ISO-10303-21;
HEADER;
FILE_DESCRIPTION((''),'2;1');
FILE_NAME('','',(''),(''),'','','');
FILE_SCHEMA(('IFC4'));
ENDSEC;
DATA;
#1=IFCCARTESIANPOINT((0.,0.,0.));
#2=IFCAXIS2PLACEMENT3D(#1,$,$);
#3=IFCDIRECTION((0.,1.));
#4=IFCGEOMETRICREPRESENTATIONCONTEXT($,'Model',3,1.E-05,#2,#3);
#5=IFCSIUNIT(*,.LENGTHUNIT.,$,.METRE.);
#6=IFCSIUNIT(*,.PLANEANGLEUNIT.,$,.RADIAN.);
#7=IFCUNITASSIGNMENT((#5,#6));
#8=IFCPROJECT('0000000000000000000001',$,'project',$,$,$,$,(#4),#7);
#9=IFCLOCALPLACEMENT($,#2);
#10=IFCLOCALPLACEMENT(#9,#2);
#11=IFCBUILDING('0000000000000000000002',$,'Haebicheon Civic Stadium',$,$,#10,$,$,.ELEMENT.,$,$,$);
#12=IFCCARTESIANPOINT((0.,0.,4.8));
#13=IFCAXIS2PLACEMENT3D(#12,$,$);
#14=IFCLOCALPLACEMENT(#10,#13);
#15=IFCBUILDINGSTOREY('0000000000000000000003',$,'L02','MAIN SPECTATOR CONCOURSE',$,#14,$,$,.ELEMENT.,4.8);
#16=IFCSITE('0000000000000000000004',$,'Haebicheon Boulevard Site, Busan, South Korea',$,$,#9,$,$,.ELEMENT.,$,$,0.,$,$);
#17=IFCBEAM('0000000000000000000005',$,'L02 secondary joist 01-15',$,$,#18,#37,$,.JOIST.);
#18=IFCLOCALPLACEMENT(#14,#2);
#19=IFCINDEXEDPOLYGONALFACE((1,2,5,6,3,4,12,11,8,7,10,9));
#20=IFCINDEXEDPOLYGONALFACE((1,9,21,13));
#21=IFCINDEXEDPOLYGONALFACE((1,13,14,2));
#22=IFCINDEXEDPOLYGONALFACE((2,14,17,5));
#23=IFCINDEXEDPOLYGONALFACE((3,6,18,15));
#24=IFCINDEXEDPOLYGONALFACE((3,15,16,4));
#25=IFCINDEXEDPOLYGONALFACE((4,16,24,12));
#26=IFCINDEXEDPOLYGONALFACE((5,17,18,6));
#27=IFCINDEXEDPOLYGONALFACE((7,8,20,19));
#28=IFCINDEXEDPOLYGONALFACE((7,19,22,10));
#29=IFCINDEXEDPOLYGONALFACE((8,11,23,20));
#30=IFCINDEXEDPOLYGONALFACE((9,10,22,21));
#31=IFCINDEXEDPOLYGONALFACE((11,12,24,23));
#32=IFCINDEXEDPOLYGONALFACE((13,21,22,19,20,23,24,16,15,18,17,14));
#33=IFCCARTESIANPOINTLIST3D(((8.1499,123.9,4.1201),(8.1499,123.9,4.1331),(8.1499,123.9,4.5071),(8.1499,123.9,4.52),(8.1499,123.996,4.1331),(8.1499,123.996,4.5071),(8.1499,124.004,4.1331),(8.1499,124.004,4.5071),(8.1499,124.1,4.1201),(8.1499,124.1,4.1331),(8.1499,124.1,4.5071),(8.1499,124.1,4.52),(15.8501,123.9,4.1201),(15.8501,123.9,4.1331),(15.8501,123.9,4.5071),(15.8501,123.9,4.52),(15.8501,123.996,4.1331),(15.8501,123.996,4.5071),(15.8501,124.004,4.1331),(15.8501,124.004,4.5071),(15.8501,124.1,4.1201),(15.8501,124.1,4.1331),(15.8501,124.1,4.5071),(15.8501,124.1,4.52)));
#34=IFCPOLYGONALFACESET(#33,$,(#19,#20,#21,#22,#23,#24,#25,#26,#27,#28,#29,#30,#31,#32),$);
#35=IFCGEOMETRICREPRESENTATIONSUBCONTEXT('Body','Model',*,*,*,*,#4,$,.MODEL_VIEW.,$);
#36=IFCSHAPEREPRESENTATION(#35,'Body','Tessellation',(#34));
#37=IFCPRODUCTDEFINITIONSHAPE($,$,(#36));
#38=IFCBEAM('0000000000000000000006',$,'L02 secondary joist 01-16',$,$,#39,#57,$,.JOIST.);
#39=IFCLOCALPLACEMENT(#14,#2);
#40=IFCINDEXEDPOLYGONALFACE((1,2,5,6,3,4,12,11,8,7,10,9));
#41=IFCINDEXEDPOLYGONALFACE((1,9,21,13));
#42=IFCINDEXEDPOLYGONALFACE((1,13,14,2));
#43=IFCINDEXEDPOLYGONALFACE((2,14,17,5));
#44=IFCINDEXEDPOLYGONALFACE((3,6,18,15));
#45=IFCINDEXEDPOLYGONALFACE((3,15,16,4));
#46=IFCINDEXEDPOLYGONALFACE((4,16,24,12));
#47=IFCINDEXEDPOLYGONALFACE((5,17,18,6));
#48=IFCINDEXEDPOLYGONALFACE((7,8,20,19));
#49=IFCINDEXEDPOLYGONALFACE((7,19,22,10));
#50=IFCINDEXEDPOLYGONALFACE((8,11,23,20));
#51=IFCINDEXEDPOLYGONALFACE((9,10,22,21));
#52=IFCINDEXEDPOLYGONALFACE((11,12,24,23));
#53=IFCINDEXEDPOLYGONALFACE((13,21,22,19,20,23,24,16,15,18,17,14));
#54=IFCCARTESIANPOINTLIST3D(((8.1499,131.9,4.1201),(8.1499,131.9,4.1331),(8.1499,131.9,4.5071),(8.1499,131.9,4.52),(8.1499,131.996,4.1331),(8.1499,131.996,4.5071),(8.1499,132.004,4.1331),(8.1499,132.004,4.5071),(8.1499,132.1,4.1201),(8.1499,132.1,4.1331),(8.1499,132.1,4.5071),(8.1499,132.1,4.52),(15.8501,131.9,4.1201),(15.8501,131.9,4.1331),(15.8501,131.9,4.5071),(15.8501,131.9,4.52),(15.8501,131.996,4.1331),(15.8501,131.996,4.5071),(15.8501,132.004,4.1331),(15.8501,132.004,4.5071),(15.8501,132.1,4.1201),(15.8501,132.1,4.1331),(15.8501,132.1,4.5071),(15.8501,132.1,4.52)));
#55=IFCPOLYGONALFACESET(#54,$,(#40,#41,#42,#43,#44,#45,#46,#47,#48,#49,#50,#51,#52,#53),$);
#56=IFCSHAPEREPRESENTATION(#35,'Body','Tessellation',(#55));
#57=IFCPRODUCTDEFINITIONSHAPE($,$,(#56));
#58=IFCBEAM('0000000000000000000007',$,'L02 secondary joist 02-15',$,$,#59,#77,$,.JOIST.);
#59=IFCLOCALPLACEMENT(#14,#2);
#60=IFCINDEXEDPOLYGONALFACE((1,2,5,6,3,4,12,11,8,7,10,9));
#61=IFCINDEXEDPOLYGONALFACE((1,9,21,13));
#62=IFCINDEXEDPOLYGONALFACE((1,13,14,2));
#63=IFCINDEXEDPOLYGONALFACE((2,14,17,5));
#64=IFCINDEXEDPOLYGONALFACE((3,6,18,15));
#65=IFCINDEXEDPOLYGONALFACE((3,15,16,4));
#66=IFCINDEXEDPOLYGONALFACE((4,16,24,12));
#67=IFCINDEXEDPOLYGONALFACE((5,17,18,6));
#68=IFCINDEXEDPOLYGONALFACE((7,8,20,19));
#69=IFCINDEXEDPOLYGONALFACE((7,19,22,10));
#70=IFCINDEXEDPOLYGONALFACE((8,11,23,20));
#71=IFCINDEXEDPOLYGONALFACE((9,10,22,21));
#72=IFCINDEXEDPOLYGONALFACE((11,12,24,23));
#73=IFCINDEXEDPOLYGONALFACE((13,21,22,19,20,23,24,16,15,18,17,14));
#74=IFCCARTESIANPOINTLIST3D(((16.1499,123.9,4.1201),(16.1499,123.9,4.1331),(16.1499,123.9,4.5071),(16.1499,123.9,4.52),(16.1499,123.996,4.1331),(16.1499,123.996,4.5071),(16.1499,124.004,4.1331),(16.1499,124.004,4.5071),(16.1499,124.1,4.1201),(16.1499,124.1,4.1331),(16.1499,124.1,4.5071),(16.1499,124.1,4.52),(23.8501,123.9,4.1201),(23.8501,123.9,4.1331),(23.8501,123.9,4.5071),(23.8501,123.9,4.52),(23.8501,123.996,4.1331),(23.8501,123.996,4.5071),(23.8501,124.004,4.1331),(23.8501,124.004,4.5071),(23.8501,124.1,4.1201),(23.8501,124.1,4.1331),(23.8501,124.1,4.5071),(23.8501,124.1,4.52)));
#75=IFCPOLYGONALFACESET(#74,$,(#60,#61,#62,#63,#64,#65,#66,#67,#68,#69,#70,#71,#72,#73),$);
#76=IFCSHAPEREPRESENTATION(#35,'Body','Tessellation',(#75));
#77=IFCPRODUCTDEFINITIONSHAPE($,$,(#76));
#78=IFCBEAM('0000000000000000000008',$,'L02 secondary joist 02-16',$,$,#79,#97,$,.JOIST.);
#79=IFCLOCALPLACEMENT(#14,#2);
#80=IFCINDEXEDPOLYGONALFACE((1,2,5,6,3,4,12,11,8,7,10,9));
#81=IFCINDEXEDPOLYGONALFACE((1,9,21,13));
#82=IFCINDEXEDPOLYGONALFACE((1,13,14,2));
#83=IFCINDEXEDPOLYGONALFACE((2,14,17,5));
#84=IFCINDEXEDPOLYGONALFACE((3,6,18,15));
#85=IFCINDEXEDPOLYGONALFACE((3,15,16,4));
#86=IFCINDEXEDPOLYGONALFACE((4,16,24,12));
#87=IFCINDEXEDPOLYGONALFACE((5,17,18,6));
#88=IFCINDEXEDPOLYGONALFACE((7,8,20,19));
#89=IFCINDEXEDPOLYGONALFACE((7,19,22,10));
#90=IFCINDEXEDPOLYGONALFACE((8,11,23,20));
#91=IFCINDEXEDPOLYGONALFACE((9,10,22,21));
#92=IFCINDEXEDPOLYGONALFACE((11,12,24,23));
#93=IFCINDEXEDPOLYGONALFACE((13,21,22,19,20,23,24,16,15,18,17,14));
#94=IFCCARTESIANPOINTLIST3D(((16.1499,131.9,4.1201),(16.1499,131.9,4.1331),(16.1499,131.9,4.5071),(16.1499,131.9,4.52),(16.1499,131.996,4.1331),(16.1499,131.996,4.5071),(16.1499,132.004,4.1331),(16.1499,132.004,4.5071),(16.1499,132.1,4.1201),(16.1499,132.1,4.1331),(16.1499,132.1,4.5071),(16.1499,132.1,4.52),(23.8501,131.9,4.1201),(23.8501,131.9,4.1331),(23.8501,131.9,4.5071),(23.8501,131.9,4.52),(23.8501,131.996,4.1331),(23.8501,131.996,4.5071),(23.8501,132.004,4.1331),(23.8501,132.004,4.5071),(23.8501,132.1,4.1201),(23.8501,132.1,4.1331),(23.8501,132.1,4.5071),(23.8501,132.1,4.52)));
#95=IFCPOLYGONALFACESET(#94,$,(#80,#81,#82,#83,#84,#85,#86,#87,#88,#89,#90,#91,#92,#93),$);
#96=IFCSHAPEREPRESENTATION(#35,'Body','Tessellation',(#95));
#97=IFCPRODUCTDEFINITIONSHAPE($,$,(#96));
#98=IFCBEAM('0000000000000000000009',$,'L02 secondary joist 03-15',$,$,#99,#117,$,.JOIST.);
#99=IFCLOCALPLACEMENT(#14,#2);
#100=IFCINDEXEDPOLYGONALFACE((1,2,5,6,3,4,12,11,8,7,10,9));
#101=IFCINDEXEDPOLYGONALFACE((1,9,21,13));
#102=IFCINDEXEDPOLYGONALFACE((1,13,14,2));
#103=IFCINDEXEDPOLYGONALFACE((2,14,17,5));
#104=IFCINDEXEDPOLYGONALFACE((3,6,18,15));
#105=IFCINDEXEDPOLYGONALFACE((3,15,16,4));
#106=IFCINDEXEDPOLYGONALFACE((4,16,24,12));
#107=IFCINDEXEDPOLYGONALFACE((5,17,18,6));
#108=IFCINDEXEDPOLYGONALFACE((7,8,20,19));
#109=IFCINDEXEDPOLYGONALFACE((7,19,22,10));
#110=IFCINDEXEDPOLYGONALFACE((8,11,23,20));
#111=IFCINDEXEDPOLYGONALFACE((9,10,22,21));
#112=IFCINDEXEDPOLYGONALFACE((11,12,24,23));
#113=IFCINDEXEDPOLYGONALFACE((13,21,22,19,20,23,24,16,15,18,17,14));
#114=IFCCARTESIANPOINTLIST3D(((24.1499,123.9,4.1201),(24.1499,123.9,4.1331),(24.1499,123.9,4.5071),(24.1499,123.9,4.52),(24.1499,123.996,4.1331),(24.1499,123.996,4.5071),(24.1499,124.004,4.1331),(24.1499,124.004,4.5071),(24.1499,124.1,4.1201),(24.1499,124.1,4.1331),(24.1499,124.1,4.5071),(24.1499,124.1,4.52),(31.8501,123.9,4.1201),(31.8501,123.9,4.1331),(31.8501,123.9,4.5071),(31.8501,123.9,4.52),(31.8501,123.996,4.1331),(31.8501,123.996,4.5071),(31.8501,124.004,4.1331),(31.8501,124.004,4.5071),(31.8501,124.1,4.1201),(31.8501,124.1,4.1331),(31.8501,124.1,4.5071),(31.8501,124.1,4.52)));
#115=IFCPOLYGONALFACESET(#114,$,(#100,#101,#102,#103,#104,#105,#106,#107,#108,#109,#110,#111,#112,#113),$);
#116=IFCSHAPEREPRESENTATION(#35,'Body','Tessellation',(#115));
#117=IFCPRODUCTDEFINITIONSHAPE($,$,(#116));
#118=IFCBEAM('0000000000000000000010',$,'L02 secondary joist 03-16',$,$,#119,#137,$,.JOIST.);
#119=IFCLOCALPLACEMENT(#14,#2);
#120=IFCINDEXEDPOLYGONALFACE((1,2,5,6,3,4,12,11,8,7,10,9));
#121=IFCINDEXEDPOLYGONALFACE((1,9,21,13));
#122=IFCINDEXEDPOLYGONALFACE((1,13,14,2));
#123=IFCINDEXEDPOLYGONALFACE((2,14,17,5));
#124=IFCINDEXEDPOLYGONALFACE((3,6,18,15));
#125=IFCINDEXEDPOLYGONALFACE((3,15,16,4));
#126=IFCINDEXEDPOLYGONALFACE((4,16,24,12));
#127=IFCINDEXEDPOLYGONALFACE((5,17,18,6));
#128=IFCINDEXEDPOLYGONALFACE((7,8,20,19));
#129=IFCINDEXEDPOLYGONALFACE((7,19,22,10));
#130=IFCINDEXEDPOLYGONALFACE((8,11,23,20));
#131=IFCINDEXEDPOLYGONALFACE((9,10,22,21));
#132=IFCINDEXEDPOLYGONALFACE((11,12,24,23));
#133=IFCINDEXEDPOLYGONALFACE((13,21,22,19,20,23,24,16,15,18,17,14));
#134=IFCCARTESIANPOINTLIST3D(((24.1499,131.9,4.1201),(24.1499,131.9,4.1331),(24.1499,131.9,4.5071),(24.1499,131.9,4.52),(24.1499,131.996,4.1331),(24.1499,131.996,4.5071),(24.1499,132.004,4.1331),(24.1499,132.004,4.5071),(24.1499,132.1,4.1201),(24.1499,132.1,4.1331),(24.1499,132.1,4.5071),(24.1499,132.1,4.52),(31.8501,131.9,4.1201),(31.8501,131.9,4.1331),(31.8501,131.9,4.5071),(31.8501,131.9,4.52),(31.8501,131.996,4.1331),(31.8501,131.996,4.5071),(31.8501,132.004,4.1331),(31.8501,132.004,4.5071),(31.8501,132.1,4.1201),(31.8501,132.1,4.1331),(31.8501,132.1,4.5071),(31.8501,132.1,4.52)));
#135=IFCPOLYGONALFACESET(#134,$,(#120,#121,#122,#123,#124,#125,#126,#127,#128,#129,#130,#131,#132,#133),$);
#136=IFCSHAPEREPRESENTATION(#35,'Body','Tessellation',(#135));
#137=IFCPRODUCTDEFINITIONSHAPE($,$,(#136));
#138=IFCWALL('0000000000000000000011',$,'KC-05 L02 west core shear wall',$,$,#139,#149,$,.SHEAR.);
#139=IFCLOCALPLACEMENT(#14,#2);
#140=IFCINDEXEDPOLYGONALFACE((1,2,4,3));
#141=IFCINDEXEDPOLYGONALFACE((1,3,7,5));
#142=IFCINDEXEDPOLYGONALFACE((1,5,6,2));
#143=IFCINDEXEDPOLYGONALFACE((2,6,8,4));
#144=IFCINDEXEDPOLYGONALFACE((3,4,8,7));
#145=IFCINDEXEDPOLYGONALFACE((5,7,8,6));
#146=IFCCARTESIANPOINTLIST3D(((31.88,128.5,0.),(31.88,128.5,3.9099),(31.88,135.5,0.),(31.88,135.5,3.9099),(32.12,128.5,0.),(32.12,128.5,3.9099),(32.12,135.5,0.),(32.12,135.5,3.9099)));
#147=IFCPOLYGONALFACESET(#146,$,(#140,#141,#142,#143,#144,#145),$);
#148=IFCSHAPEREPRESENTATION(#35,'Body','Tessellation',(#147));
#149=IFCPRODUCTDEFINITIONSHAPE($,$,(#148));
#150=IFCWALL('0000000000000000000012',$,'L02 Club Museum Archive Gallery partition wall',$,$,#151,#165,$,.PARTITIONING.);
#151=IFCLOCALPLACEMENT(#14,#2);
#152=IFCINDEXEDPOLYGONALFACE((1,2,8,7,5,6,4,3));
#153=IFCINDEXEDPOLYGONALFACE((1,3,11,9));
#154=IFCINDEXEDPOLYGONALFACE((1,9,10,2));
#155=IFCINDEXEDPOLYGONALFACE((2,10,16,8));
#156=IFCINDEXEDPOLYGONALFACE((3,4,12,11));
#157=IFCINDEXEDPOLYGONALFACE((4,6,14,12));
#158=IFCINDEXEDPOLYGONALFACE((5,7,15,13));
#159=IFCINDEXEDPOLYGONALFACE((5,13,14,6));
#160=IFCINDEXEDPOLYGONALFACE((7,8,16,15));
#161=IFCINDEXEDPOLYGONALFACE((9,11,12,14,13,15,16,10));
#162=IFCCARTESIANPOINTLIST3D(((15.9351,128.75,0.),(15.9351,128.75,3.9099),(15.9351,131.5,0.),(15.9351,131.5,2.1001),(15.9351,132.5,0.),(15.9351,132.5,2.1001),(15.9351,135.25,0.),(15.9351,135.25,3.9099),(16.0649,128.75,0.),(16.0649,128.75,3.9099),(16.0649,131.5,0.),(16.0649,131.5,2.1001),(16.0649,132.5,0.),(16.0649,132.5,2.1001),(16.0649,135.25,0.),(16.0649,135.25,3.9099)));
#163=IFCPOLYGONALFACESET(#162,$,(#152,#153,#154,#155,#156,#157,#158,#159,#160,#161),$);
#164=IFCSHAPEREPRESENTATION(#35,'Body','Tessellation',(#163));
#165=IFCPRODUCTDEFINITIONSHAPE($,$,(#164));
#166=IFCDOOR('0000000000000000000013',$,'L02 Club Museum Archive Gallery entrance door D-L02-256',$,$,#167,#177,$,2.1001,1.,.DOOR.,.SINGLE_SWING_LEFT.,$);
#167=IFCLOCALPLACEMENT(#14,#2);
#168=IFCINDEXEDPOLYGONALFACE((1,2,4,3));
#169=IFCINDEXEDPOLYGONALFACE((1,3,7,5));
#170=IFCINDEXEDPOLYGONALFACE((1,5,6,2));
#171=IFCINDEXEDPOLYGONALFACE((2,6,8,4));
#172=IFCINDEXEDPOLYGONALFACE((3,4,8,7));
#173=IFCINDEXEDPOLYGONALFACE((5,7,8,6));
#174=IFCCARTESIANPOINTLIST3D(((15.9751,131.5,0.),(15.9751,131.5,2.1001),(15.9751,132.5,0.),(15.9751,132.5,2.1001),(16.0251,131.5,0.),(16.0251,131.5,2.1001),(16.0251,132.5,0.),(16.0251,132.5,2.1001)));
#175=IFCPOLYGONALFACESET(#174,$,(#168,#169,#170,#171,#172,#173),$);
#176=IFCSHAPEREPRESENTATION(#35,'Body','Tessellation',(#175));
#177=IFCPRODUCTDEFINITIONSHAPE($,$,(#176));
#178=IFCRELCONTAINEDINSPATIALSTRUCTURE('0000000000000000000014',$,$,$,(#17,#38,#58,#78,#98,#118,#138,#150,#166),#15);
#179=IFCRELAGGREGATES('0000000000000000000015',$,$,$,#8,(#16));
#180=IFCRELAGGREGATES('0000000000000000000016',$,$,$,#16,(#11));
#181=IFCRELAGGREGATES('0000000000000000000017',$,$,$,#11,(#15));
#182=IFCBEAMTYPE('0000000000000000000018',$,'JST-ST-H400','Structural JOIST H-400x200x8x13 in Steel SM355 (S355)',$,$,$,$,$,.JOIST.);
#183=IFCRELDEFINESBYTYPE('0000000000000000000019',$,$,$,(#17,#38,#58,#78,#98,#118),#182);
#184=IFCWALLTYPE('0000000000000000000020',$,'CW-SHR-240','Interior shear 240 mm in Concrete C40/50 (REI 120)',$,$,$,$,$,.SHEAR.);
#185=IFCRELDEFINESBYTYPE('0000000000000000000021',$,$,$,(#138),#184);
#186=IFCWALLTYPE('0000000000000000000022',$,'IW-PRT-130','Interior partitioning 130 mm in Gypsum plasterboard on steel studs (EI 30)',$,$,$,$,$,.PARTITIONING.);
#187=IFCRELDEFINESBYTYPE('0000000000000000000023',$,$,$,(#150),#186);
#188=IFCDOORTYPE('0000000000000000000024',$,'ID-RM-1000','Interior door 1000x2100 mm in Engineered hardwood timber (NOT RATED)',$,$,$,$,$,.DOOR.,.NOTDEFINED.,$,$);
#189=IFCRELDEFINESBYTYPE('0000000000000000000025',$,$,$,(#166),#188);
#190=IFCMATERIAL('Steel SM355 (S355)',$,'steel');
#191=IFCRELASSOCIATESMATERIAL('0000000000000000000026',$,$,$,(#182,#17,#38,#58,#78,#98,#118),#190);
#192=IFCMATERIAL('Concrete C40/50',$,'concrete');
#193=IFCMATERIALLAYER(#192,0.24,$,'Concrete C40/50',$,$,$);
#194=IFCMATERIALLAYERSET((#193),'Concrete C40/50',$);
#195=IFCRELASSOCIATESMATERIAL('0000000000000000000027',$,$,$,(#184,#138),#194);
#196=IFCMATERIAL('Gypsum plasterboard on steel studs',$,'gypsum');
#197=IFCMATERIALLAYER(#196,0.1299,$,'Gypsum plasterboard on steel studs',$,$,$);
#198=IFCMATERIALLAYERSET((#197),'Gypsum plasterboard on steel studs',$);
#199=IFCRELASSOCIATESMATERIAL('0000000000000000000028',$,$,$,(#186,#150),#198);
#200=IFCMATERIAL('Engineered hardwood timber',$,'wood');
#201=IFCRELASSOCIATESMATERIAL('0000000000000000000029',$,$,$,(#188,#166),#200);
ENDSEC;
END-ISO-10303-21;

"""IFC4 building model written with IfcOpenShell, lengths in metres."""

from ifc_helpers import new_model, si_unit, direction, frame, frame_2d, origin, origin_2d, place, context, subcontext, project, spatial, rectangle, i_section, extrude, material, layer, layer_set, material_profile, profile_set, type_object, element, fill, save


model = new_model("IFC4")

# Units and contexts
model_context = context("Model", 3, precision=1e-05, world=origin(), true_north=direction((0.0, 1.0)))
body_context = subcontext(model_context, "Body", "Model", "MODEL_VIEW")
ifc_project = project(units=[si_unit("LENGTHUNIT", "METRE"), si_unit("PLANEANGLEUNIT", "RADIAN")], contexts=[model_context])

# Site, building, storey
site_placement = place(None, origin())
site = spatial("IfcSite", under=ifc_project, at=site_placement, Name="Haebicheon Boulevard Site, Busan, South Korea", CompositionType="ELEMENT", RefElevation=0.0)
building_placement = place(site_placement, origin())
building = spatial("IfcBuilding", under=site, at=building_placement, Name="Haebicheon Civic Stadium", CompositionType="ELEMENT")
storey_placement = place(building_placement, frame((0.0, 0.0, 4.8)))
storey = spatial("IfcBuildingStorey", under=building, at=storey_placement, Name="L02", Description="MAIN SPECTATOR CONCOURSE", CompositionType="ELEMENT", Elevation=4.8)

# Beams
ifc_material_1 = material(Name="Steel SM355 (S355)", Category="steel")
ifc_material_profile_1 = material_profile(ifc_material_1, i_section(OverallWidth=0.2, OverallDepth=0.3999, WebThickness=0.0081, FlangeThickness=0.0129, at=origin_2d()), Name="H-400x200x8x13")
ifc_profile_set_1 = profile_set([ifc_material_profile_1], Name="Steel SM355 (S355)")
beam_type_1 = type_object("IfcBeamType", Name="JST-ST-H400", Description="Structural JOIST H-400x200x8x13 in Steel SM355 (S355)", PredefinedType="JOIST", material=ifc_profile_set_1)
for number, where, z_axis, x_axis, name in (
    (1, (8.1499, 124.0, 4.3201), (1.0, 0.0, 0.0), (0.0, 1.0, 0.0), "L02 secondary joist 01-15"),
    (2, (8.1499, 132.0, 4.3201), (1.0, 0.0, 0.0), (0.0, 1.0, 0.0), "L02 secondary joist 01-16"),
    (3, (16.1499, 124.0, 4.3201), (1.0, 0.0, 0.0), (0.0, 1.0, 0.0), "L02 secondary joist 02-15"),
    (4, (16.1499, 132.0, 4.3201), (1.0, 0.0, 0.0), (0.0, 1.0, 0.0), "L02 secondary joist 02-16"),
    (5, (24.1499, 124.0, 4.3201), (1.0, 0.0, 0.0), (0.0, 1.0, 0.0), "L02 secondary joist 03-15"),
    (6, (24.1499, 132.0, 4.3201), (1.0, 0.0, 0.0), (0.0, 1.0, 0.0), "L02 secondary joist 03-16"),
):
    element("IfcBeam", number, at=place(storey_placement, frame(where, z_axis=z_axis, x_axis=x_axis)), inside=storey, type_object=beam_type_1, material=ifc_profile_set_1, Name=name, PredefinedType="JOIST", context=body_context, shape_type="SweptSolid", body=[
        extrude(i_section(OverallWidth=0.2, OverallDepth=0.3999, WebThickness=0.0081, FlangeThickness=0.0129, at=origin_2d()), origin(), (0.0, 0.0, 1.0), 7.7002),
    ])

# Wall
ifc_material_2 = material(Name="Concrete C40/50", Category="concrete")
ifc_layer_1 = layer(ifc_material_2, 0.24, Name="Concrete C40/50")
ifc_layer_set_1 = layer_set([ifc_layer_1], Name="Concrete C40/50")
wall_type_1 = type_object("IfcWallType", Name="CW-SHR-240", Description="Interior shear 240 mm in Concrete C40/50 (REI 120)", PredefinedType="SHEAR", material=ifc_layer_set_1)
wall_1_placement = place(storey_placement, frame((32.0, 128.5, 0.0), z_axis=(0.0, 0.0, 1.0), x_axis=(0.0, 1.0, 0.0)))
element("IfcWall", 7, at=wall_1_placement, inside=storey, type_object=wall_type_1, material=ifc_layer_set_1, Name="KC-05 L02 west core shear wall", PredefinedType="SHEAR", context=body_context, shape_type="SweptSolid", body=[
    extrude(rectangle(XDim=7.0, YDim=0.24, at=frame_2d((3.5, 0.0))), origin(), (0.0, 0.0, 1.0), 3.9099),
])

# Wall, opening, door
ifc_material_3 = material(Name="Gypsum plasterboard on steel studs", Category="gypsum")
ifc_layer_2 = layer(ifc_material_3, 0.1299, Name="Gypsum plasterboard on steel studs")
ifc_layer_set_2 = layer_set([ifc_layer_2], Name="Gypsum plasterboard on steel studs")
wall_type_2 = type_object("IfcWallType", Name="IW-PRT-130", Description="Interior partitioning 130 mm in Gypsum plasterboard on steel studs (EI 30)", PredefinedType="PARTITIONING", material=ifc_layer_set_2)
wall_2_placement = place(storey_placement, frame((16.0, 128.75, 0.0), z_axis=(0.0, 0.0, 1.0), x_axis=(0.0, 1.0, 0.0)))
wall_2 = element("IfcWall", 8, at=wall_2_placement, inside=storey, type_object=wall_type_2, material=ifc_layer_set_2, Name="L02 Club Museum Archive Gallery partition wall", PredefinedType="PARTITIONING", context=body_context, shape_type="SweptSolid", body=[
    extrude(rectangle(XDim=6.5, YDim=0.1299, at=frame_2d((3.25, 0.0))), origin(), (0.0, 0.0, 1.0), 3.9099),
])
opening_placement = place(wall_2_placement, frame((2.75, 0.0, 0.0)))
opening = element("IfcOpeningElement", 9, at=opening_placement, cuts=wall_2, PredefinedType="OPENING", context=body_context, shape_type="SweptSolid", body=[
    extrude(rectangle(XDim=1.0, YDim=2.1001, at=frame_2d((0.5, 1.05))), frame((0.0, 0.075, 0.0), z_axis=(0.0, -1.0, 0.0), x_axis=(1.0, 0.0, 0.0)), (0.0, 0.0, 1.0), 0.1499),
])
ifc_material_4 = material(Name="Engineered hardwood timber", Category="wood")
door_type = type_object("IfcDoorType", Name="ID-RM-1000", Description="Interior door 1000x2100 mm in Engineered hardwood timber (NOT RATED)", OperationType="NOTDEFINED", PredefinedType="DOOR", material=ifc_material_4)
door_placement = place(opening_placement, origin())
door = element("IfcDoor", 10, at=door_placement, inside=storey, type_object=door_type, material=ifc_material_4, Name="L02 Club Museum Archive Gallery entrance door D-L02-256", OperationType="SINGLE_SWING_LEFT", OverallHeight=2.1001, OverallWidth=1.0, PredefinedType="DOOR", context=body_context, shape_type="SweptSolid", body=[
    extrude(rectangle(XDim=1.0, YDim=2.1001, at=frame_2d((0.5, 1.05))), frame((0.0, 0.0249, 0.0), z_axis=(0.0, -1.0, 0.0), x_axis=(1.0, 0.0, 0.0)), (0.0, 0.0, 1.0), 0.05),
])
fill(opening, door)

save(model, "model.ifc")
